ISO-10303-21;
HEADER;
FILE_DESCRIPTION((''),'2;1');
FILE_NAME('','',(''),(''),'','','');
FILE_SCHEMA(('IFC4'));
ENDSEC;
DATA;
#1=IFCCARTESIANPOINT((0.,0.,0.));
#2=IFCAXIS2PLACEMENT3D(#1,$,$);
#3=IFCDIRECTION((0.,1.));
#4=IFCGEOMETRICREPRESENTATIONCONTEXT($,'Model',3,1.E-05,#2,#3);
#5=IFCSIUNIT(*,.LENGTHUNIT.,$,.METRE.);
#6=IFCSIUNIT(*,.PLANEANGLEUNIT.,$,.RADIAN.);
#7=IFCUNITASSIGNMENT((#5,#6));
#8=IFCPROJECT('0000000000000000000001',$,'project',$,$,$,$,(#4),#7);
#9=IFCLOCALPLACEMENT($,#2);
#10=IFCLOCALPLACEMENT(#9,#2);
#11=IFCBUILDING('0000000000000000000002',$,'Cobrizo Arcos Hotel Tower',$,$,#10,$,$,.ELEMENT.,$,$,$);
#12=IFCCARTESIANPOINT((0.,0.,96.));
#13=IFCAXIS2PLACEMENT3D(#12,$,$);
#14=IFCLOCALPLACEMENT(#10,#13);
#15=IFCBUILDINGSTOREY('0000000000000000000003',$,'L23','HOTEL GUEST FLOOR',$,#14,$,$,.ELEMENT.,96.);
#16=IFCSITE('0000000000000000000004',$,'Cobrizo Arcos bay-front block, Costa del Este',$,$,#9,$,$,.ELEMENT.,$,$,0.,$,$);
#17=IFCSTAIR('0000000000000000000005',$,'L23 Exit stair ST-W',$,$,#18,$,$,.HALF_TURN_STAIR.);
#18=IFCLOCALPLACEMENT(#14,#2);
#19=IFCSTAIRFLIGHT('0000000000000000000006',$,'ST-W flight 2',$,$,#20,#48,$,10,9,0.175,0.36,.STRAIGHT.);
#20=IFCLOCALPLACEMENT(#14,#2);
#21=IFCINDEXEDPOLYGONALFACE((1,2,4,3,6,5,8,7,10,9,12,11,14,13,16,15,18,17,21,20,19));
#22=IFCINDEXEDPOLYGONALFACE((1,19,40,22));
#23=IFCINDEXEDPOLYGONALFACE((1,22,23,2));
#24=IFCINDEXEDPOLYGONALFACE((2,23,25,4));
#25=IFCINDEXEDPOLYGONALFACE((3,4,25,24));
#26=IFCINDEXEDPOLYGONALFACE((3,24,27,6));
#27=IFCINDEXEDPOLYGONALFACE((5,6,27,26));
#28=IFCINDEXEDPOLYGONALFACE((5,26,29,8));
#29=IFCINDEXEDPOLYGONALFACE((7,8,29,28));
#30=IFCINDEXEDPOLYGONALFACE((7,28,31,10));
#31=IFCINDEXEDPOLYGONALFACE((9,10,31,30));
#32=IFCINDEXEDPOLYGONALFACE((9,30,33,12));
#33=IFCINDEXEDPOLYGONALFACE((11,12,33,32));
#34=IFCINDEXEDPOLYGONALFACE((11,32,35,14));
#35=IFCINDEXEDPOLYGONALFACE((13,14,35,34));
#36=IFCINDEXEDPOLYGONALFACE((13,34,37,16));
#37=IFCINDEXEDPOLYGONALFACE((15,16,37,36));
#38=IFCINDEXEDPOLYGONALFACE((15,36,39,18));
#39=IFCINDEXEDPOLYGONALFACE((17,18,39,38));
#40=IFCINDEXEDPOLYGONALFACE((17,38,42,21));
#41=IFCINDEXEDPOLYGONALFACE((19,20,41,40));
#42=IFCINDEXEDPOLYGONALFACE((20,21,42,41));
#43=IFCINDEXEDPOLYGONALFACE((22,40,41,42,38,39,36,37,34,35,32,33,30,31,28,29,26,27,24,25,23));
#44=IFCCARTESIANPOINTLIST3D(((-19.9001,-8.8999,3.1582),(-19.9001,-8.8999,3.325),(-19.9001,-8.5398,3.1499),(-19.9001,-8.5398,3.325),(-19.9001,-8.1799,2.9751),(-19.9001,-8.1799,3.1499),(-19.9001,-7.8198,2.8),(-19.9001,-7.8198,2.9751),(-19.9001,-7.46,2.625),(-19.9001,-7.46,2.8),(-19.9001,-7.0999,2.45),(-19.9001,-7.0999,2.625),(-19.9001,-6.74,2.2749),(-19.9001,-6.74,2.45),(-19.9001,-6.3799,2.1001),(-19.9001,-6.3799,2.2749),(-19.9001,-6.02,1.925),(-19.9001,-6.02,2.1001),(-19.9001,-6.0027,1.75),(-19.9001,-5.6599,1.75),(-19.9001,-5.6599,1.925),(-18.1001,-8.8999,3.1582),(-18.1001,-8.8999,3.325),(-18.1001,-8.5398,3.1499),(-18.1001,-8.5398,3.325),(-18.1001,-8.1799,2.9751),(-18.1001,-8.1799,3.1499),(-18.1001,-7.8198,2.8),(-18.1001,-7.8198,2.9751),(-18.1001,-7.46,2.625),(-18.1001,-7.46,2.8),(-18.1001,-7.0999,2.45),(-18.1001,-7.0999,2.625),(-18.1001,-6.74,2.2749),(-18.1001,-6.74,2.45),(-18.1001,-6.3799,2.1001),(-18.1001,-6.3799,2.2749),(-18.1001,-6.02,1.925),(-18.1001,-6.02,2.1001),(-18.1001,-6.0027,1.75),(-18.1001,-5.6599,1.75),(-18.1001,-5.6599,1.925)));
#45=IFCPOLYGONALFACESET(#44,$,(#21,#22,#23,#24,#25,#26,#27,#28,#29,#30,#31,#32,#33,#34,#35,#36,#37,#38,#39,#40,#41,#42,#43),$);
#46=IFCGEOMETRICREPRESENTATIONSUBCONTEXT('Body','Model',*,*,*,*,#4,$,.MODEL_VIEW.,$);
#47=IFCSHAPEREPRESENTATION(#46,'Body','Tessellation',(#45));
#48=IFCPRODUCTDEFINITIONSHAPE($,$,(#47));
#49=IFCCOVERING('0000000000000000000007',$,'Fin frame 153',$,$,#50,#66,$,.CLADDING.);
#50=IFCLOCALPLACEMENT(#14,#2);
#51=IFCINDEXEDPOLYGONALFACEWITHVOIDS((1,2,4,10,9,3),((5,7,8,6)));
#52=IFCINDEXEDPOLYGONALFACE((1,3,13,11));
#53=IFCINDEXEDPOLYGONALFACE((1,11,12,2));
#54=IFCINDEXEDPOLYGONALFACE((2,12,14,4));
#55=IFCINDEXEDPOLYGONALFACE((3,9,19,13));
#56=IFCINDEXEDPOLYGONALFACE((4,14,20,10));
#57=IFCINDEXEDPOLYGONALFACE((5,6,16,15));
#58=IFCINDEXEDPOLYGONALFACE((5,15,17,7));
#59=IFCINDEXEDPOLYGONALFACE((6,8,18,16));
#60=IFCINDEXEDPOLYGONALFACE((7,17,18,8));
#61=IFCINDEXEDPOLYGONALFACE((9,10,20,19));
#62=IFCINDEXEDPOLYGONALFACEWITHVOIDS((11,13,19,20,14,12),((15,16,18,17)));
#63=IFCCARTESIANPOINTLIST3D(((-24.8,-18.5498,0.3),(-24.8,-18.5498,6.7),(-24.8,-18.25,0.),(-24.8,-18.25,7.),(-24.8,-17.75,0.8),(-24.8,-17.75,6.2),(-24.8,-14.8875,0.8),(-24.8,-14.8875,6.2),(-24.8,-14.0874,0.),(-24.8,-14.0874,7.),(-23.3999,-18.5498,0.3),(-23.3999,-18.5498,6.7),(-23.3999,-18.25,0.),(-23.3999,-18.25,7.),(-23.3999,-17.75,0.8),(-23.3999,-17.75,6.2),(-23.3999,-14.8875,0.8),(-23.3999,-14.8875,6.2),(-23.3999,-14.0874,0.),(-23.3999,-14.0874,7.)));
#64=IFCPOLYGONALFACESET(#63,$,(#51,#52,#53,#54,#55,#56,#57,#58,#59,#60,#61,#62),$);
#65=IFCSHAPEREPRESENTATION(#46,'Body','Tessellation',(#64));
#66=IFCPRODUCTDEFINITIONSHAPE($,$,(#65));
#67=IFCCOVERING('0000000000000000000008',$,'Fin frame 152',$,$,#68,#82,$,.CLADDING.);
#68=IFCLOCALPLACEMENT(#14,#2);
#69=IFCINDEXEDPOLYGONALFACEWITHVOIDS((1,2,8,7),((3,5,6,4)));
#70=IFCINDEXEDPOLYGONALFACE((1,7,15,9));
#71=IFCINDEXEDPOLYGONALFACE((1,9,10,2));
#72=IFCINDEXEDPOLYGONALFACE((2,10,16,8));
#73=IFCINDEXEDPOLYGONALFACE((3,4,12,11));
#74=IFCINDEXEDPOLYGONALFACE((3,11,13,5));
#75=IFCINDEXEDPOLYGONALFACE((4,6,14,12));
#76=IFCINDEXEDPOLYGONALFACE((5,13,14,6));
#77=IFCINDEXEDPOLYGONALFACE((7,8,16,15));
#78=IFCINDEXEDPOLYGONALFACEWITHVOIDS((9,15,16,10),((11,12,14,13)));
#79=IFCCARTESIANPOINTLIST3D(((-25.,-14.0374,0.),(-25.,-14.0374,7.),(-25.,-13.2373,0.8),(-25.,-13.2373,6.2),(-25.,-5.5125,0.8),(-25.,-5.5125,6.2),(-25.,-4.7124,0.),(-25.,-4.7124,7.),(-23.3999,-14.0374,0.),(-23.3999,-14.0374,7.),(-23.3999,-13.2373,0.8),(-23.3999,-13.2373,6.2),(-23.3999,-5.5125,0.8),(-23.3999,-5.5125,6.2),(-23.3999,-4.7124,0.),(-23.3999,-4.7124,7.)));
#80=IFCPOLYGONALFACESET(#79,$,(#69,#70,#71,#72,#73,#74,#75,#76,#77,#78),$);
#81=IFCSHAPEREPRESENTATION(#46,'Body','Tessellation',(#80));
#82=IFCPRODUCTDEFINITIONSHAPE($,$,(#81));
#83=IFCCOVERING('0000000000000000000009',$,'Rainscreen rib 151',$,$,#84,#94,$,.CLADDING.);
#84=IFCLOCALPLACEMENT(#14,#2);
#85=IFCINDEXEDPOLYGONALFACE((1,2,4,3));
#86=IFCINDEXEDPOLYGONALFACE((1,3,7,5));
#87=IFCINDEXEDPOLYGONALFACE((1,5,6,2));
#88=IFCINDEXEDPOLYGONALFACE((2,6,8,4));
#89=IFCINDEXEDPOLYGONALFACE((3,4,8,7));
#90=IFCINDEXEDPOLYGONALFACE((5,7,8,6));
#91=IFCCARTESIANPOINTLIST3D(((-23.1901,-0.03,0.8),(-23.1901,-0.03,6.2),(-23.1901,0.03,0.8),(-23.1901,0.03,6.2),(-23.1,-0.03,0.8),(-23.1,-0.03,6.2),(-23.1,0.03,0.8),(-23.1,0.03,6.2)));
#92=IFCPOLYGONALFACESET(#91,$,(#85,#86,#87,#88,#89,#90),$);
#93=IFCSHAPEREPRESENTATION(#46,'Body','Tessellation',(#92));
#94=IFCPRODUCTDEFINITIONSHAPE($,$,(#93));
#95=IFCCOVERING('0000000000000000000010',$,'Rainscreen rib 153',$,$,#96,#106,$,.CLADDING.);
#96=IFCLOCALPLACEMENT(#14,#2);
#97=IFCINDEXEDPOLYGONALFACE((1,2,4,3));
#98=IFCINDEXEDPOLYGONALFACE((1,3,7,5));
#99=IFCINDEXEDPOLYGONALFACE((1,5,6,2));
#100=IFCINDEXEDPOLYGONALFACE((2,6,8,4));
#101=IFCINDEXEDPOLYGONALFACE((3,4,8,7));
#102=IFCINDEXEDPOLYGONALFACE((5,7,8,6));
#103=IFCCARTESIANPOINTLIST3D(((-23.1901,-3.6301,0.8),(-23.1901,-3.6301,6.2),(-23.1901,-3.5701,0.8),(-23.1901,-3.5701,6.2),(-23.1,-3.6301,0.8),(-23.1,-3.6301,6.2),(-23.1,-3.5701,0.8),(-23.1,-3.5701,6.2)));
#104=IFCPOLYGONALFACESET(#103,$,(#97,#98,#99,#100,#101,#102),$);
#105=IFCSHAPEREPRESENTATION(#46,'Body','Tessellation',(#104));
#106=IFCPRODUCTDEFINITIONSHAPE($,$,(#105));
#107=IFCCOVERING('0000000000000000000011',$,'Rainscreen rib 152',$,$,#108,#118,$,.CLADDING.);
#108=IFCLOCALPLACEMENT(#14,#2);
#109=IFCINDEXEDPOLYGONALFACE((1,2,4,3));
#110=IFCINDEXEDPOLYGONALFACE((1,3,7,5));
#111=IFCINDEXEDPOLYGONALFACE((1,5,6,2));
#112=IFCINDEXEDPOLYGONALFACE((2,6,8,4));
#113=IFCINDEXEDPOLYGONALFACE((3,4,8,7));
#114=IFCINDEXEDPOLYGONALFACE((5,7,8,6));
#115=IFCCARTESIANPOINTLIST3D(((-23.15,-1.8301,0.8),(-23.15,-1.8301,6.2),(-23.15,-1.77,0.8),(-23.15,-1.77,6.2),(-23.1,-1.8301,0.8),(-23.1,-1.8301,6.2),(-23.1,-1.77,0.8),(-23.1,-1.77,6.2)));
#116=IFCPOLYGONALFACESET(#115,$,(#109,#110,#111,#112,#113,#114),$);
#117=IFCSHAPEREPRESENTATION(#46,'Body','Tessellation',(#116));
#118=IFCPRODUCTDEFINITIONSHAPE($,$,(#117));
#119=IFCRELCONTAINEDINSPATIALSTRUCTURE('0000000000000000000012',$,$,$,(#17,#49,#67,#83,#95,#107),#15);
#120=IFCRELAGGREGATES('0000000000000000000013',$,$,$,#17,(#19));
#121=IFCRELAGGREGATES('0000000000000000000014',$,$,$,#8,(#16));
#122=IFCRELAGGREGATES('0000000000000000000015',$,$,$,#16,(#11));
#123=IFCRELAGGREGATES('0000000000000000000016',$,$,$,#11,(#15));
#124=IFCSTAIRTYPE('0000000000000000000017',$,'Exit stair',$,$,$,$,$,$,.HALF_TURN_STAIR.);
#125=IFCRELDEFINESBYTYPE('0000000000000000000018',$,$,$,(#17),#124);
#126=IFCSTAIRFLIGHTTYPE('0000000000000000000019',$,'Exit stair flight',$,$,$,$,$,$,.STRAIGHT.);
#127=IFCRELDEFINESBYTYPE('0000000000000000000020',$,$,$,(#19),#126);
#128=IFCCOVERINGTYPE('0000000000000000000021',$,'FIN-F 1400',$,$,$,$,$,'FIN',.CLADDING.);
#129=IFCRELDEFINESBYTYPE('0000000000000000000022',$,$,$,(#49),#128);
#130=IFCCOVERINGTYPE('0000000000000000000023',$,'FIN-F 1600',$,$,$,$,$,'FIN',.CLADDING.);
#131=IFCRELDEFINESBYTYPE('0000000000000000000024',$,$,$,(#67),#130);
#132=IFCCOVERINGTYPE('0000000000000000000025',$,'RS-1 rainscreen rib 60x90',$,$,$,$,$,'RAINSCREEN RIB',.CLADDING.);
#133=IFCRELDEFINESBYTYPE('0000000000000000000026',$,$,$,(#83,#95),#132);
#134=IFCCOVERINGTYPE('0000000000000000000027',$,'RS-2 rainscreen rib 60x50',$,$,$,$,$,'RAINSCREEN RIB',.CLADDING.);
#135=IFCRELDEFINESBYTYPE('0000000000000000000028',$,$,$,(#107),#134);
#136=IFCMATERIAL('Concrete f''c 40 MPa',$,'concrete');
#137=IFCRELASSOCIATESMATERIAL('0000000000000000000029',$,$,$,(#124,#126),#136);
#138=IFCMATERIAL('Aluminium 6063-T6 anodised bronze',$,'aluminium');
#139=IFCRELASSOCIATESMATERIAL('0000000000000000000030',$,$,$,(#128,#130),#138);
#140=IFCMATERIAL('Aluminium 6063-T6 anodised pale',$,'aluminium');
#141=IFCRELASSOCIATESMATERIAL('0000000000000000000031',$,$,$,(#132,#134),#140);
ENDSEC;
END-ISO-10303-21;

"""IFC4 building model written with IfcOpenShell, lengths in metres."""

from ifc_helpers import new_model, si_unit, direction, frame, origin, origin_2d, place, context, subcontext, project, spatial, polyline, rectangle, outline, extrude, material, type_object, element, aggregate, save


model = new_model("IFC4")

# Units and contexts
model_context = context("Model", 3, precision=1e-05, world=origin(), true_north=direction((0.0, 1.0)))
body_context = subcontext(model_context, "Body", "Model", "MODEL_VIEW")
ifc_project = project(units=[si_unit("LENGTHUNIT", "METRE"), si_unit("PLANEANGLEUNIT", "RADIAN")], contexts=[model_context])

# Site, building, storey
site_placement = place(None, origin())
site = spatial("IfcSite", under=ifc_project, at=site_placement, Name="Cobrizo Arcos bay-front block, Costa del Este", CompositionType="ELEMENT", RefElevation=0.0)
building_placement = place(site_placement, origin())
building = spatial("IfcBuilding", under=site, at=building_placement, Name="Cobrizo Arcos Hotel Tower", CompositionType="ELEMENT")
storey_placement = place(building_placement, frame((0.0, 0.0, 96.0)))
storey = spatial("IfcBuildingStorey", under=building, at=storey_placement, Name="L23", Description="HOTEL GUEST FLOOR", CompositionType="ELEMENT", Elevation=96.0)

# Shared definitions
ifc_material_1 = material(Name="Aluminium 6063-T6 anodised bronze", Category="aluminium")

# Shared definitions
ifc_material_2 = material(Name="Concrete f'c 40 MPa", Category="concrete")

# Stair, stair flight
stair_type = type_object("IfcStairType", Name="Exit stair", PredefinedType="HALF_TURN_STAIR", material=ifc_material_2)
stair_placement = place(storey_placement, origin())
stair = element("IfcStair", 1, at=stair_placement, inside=storey, type_object=stair_type, Name="L23 Exit stair ST-W", PredefinedType="HALF_TURN_STAIR")
stair_flight_type = type_object("IfcStairFlightType", Name="Exit stair flight", PredefinedType="STRAIGHT", material=ifc_material_2)
stair_flight_placement = place(storey_placement, frame((-19.0, -5.6599, 1.75), z_axis=(0.0, 0.0, 1.0), x_axis=(0.0, -1.0, 0.0)))
stair_flight = element("IfcStairFlight", 2, at=stair_flight_placement, type_object=stair_flight_type, Name="ST-W flight 2", NumberOfRisers=10, NumberOfTreads=9, PredefinedType="STRAIGHT", RiserHeight=0.175, TreadLength=0.36, context=body_context, shape_type="SweptSolid", body=[
    extrude(outline(polyline([(0.0, 0.0), (0.0, 0.175), (0.3601, 0.175), (0.3601, 0.3501), (0.72, 0.3501), (0.72, 0.5249), (1.0801, 0.5249), (1.0801, 0.7), (1.4399, 0.7), (1.4399, 0.875), (1.8, 0.875), (1.8, 1.05), (2.1599, 1.05), (2.1599, 1.2251), (2.52, 1.2251), (2.52, 1.3999), (2.8799, 1.3999), (2.8799, 1.575), (3.24, 1.575), (3.24, 1.75), (3.24, 1.4082), (0.3428, 0.0), (0.0, 0.0)])), frame((0.0, 0.8999, 0.0), z_axis=(0.0, -1.0, 0.0), x_axis=(1.0, 0.0, 0.0)), (0.0, 0.0, 1.0), 1.8),
])
aggregate(stair, [stair_flight])

# Coverings
covering_type_1 = type_object("IfcCoveringType", Name="FIN-F 1400", ElementType="FIN", PredefinedType="CLADDING", material=ifc_material_1)
covering_1_placement = place(storey_placement, frame((-23.3999, -14.0874, 0.0), z_axis=(-1.0, 0.0, 0.0), x_axis=(0.0, -1.0, 0.0)))
element("IfcCovering", 3, at=covering_1_placement, inside=storey, type_object=covering_type_1, Name="Fin frame 153", PredefinedType="CLADDING", context=body_context, shape_type="SweptSolid", body=[
    extrude(outline(polyline([(0.0, 7.0), (0.0, 0.0), (4.1626, 0.0), (4.4624, 0.3), (4.4624, 6.7), (4.1626, 7.0), (0.0, 7.0)]), holes=[polyline([(3.6626, 0.8), (0.8, 0.8), (0.8, 6.2), (3.6626, 6.2), (3.6626, 0.8)])]), origin(), (0.0, 0.0, 1.0), 1.4001),
])
covering_type_2 = type_object("IfcCoveringType", Name="FIN-F 1600", ElementType="FIN", PredefinedType="CLADDING", material=ifc_material_1)
covering_2_placement = place(storey_placement, frame((-23.3999, -4.7124, 0.0), z_axis=(-1.0, 0.0, 0.0), x_axis=(0.0, -1.0, 0.0)))
element("IfcCovering", 4, at=covering_2_placement, inside=storey, type_object=covering_type_2, Name="Fin frame 152", PredefinedType="CLADDING", context=body_context, shape_type="SweptSolid", body=[
    extrude(outline(polyline([(0.0, 7.0), (0.0, 0.0), (9.325, 0.0), (9.325, 7.0), (0.0, 7.0)]), holes=[polyline([(8.5249, 0.8), (0.8, 0.8), (0.8, 6.2), (8.5249, 6.2), (8.5249, 0.8)])]), origin(), (0.0, 0.0, 1.0), 1.6001),
])
ifc_material_3 = material(Name="Aluminium 6063-T6 anodised pale", Category="aluminium")
covering_type_3 = type_object("IfcCoveringType", Name="RS-1 rainscreen rib 60x90", ElementType="RAINSCREEN RIB", PredefinedType="CLADDING", material=ifc_material_3)
for number, where, z_axis, x_axis, name in (
    (5, (-23.145, 0.0, 0.8), (0.0, 0.0, 1.0), (0.0, -1.0, 0.0), "Rainscreen rib 151"),
    (6, (-23.145, -3.6001, 0.8), (0.0, 0.0, 1.0), (0.0, -1.0, 0.0), "Rainscreen rib 153"),
):
    element("IfcCovering", number, at=place(storey_placement, frame(where, z_axis=z_axis, x_axis=x_axis)), inside=storey, type_object=covering_type_3, Name=name, PredefinedType="CLADDING", context=body_context, shape_type="SweptSolid", body=[
        extrude(rectangle(XDim=0.0601, YDim=0.0901, at=origin_2d()), origin(), (0.0, 0.0, 1.0), 5.3999),
    ])
covering_type_4 = type_object("IfcCoveringType", Name="RS-2 rainscreen rib 60x50", ElementType="RAINSCREEN RIB", PredefinedType="CLADDING", material=ifc_material_3)
covering_3_placement = place(storey_placement, frame((-23.125, -1.8, 0.8), z_axis=(0.0, 0.0, 1.0), x_axis=(0.0, -1.0, 0.0)))
element("IfcCovering", 7, at=covering_3_placement, inside=storey, type_object=covering_type_4, Name="Rainscreen rib 152", PredefinedType="CLADDING", context=body_context, shape_type="SweptSolid", body=[
    extrude(rectangle(XDim=0.0601, YDim=0.05, at=origin_2d()), origin(), (0.0, 0.0, 1.0), 5.3999),
])

save(model, "model.ifc")
